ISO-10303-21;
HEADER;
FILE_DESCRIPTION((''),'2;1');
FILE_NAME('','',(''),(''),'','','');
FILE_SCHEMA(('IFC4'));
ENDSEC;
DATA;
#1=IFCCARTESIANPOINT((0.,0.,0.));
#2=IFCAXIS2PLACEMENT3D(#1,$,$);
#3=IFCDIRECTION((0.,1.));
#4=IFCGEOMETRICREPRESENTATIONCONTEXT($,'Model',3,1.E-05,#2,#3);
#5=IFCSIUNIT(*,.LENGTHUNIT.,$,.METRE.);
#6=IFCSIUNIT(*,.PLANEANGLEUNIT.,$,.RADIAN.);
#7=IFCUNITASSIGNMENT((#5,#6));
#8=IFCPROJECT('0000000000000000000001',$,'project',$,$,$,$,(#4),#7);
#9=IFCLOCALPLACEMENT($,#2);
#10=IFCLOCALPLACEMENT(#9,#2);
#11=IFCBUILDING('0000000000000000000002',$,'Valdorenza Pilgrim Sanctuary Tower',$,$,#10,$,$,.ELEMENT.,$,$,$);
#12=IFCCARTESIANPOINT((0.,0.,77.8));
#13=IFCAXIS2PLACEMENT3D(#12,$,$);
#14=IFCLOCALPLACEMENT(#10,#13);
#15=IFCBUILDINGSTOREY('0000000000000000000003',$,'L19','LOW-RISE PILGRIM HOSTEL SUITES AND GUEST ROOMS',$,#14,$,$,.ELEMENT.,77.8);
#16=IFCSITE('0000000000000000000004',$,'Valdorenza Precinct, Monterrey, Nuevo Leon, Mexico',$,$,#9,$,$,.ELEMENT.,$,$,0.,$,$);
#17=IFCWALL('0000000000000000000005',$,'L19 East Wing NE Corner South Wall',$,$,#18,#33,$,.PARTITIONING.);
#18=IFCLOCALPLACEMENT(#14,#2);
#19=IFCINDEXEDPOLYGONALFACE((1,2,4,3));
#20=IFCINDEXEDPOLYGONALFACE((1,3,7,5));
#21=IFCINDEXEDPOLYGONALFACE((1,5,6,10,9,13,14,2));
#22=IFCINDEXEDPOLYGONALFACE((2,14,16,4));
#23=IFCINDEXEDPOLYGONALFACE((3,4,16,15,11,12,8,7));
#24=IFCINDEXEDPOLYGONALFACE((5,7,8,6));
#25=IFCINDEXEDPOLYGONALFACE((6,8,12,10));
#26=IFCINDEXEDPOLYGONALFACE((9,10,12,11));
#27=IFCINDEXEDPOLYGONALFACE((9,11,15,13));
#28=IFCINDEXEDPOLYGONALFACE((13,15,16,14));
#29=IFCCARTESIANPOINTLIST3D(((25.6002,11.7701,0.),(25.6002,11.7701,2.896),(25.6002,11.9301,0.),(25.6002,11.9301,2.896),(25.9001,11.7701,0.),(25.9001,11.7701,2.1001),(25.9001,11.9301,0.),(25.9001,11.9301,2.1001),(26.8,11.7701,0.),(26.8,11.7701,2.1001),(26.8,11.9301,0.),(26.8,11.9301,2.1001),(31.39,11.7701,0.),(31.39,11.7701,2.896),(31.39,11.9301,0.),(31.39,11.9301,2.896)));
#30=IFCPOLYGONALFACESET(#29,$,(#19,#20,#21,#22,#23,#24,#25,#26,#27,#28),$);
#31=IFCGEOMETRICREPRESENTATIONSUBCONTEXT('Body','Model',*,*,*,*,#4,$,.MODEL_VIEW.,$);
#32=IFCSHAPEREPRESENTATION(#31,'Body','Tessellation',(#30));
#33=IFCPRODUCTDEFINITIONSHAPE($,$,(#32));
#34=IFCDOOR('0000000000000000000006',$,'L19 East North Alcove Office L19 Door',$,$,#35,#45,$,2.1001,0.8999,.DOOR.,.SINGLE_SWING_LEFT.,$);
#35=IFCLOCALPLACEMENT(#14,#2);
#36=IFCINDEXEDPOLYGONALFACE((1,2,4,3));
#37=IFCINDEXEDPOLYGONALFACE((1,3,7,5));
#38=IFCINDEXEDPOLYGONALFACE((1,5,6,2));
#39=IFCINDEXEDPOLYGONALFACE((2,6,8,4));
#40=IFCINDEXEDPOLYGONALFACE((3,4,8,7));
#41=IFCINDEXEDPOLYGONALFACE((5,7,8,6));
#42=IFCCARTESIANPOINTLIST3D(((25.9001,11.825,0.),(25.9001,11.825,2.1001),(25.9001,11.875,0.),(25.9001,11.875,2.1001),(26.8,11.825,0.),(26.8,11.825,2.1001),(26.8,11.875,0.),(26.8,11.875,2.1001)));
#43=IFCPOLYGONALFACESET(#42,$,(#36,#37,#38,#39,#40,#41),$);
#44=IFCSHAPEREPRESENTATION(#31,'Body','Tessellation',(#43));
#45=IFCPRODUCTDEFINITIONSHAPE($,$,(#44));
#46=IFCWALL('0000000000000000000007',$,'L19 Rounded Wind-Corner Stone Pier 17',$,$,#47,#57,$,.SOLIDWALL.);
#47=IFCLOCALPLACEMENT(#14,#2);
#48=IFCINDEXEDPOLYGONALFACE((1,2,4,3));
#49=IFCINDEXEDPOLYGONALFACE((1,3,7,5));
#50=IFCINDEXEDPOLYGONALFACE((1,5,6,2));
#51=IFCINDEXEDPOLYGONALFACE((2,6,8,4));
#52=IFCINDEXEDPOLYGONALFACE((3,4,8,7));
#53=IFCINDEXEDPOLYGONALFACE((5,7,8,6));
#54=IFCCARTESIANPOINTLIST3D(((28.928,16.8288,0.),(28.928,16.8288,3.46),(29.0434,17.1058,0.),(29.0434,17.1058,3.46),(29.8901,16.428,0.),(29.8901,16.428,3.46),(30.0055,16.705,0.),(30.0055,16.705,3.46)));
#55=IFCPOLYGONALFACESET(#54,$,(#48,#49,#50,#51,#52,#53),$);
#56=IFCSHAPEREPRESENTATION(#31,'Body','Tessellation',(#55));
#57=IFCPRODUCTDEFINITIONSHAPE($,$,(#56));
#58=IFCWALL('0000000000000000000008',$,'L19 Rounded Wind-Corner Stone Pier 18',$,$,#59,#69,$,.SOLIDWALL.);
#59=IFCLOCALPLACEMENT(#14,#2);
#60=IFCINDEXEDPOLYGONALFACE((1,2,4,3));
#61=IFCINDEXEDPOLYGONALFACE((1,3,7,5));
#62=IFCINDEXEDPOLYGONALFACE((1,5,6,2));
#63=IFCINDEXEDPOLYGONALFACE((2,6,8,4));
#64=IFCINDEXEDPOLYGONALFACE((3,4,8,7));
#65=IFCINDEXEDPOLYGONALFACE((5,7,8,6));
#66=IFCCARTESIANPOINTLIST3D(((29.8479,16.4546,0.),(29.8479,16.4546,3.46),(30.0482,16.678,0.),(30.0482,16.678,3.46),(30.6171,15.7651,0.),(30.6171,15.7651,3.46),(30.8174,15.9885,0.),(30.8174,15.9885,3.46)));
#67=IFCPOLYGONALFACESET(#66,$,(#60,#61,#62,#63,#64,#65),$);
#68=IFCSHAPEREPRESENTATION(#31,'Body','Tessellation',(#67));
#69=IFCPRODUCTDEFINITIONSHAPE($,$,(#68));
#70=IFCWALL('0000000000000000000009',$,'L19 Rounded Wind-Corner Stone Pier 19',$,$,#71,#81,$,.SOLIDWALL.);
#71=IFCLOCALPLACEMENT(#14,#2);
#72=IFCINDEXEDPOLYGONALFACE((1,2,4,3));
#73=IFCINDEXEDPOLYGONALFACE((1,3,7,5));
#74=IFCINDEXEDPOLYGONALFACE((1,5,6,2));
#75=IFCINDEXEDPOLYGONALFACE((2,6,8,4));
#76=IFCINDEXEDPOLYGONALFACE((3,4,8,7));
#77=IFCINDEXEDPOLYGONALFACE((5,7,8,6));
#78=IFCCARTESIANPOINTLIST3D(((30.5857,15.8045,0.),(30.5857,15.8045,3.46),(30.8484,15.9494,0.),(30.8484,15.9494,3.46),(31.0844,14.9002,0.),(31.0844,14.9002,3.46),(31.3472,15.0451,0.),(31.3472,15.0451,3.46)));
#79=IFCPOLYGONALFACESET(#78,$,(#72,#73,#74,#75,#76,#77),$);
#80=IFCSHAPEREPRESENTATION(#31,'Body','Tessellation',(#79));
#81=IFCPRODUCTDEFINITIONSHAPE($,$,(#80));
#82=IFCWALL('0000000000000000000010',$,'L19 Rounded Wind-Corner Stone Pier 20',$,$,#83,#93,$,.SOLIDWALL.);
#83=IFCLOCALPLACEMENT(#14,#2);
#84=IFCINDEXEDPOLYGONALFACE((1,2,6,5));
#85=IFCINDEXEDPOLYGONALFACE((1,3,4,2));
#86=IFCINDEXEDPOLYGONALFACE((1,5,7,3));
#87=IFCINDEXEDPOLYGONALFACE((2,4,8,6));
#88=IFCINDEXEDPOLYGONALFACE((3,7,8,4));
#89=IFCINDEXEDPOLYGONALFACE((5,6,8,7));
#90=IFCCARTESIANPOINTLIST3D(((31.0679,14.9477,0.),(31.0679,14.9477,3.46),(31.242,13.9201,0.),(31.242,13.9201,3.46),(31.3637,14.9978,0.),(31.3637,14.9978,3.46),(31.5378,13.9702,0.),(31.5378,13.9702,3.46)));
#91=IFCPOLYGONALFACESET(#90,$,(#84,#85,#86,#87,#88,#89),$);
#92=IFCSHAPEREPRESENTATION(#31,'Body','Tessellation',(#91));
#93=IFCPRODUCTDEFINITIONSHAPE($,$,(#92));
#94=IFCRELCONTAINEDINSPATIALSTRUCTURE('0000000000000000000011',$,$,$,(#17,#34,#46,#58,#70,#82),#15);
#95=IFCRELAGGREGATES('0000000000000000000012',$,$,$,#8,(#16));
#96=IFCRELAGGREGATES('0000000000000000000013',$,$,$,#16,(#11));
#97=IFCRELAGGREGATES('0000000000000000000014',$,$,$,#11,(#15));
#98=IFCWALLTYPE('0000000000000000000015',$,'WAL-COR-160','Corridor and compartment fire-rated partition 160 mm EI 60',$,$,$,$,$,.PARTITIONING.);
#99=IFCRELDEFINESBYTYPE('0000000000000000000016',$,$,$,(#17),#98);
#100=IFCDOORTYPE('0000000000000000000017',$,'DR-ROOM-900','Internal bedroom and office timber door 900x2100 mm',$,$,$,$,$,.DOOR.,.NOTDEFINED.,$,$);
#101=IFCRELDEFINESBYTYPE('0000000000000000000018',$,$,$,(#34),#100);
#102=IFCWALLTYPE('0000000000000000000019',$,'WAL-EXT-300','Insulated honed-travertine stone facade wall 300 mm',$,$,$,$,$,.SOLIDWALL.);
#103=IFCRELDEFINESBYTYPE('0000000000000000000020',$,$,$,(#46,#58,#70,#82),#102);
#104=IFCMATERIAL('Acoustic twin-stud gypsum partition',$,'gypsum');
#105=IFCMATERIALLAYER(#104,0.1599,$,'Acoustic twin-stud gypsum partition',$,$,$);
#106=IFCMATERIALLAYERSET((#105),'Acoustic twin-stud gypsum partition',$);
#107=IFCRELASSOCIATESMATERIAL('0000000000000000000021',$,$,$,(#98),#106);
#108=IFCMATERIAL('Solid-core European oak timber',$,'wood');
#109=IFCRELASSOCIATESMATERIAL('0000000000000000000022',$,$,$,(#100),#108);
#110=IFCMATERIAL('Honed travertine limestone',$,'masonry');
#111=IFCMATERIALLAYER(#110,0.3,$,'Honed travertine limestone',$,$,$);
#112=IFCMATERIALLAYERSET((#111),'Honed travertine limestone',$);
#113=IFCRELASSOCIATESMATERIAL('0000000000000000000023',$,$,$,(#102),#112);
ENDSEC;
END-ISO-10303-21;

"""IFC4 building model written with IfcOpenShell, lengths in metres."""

from ifc_helpers import new_model, si_unit, direction, frame, frame_2d, origin, place, context, subcontext, project, spatial, rectangle, extrude, material, layer, layer_set, type_object, element, fill, save


model = new_model("IFC4")

# Units and contexts
model_context = context("Model", 3, precision=1e-05, world=origin(), true_north=direction((0.0, 1.0)))
body_context = subcontext(model_context, "Body", "Model", "MODEL_VIEW")
ifc_project = project(units=[si_unit("LENGTHUNIT", "METRE"), si_unit("PLANEANGLEUNIT", "RADIAN")], contexts=[model_context])

# Site, building, storey
site_placement = place(None, origin())
site = spatial("IfcSite", under=ifc_project, at=site_placement, Name="Valdorenza Precinct, Monterrey, Nuevo Leon, Mexico", CompositionType="ELEMENT", RefElevation=0.0)
building_placement = place(site_placement, origin())
building = spatial("IfcBuilding", under=site, at=building_placement, Name="Valdorenza Pilgrim Sanctuary Tower", CompositionType="ELEMENT")
storey_placement = place(building_placement, frame((0.0, 0.0, 77.8)))
storey = spatial("IfcBuildingStorey", under=building, at=storey_placement, Name="L19", Description="LOW-RISE PILGRIM HOSTEL SUITES AND GUEST ROOMS", CompositionType="ELEMENT", Elevation=77.8)

# Shared definitions
ifc_material_1 = material(Name="Honed travertine limestone", Category="masonry")

# Shared definitions
ifc_material_2 = material(Name="Acoustic twin-stud gypsum partition", Category="gypsum")
ifc_layer_1 = layer(ifc_material_2, 0.1599, Name="Acoustic twin-stud gypsum partition")
ifc_layer_set_1 = layer_set([ifc_layer_1], Name="Acoustic twin-stud gypsum partition")
wall_type_1 = type_object("IfcWallType", Name="WAL-COR-160", Description="Corridor and compartment fire-rated partition 160 mm EI 60", PredefinedType="PARTITIONING", material=ifc_layer_set_1)

# Wall, opening, door
wall_1_placement = place(storey_placement, frame((25.6001, 11.8501, 0.0), z_axis=(0.0, 0.0, 1.0), x_axis=(1.0, 0.0, 0.0)))
wall_1 = element("IfcWall", 1, at=wall_1_placement, inside=storey, type_object=wall_type_1, Name="L19 East Wing NE Corner South Wall", PredefinedType="PARTITIONING", context=body_context, shape_type="SweptSolid", body=[
    extrude(rectangle(XDim=5.7898, YDim=0.1599, at=frame_2d((2.895, 0.0))), origin(), (0.0, 0.0, 1.0), 2.896),
])
opening_placement = place(wall_1_placement, frame((0.3, 0.0, 0.0)))
opening = element("IfcOpeningElement", 2, at=opening_placement, cuts=wall_1, PredefinedType="OPENING", context=body_context, shape_type="SweptSolid", body=[
    extrude(rectangle(XDim=0.8999, YDim=2.1001, at=frame_2d((0.45, 1.05))), frame((0.0, 0.0947, 0.0), z_axis=(0.0, -1.0, 0.0), x_axis=(1.0, 0.0, 0.0)), (0.0, 0.0, 1.0), 0.1897),
])
ifc_material_3 = material(Name="Solid-core European oak timber", Category="wood")
door_type = type_object("IfcDoorType", Name="DR-ROOM-900", Description="Internal bedroom and office timber door 900x2100 mm", OperationType="NOTDEFINED", PredefinedType="DOOR", material=ifc_material_3)
door_placement = place(opening_placement, origin())
door = element("IfcDoor", 3, at=door_placement, inside=storey, type_object=door_type, Name="L19 East North Alcove Office L19 Door", OperationType="SINGLE_SWING_LEFT", OverallHeight=2.1001, OverallWidth=0.8999, PredefinedType="DOOR", context=body_context, shape_type="SweptSolid", body=[
    extrude(rectangle(XDim=0.8999, YDim=2.1001, at=frame_2d((0.45, 1.05))), frame((0.0, 0.0249, 0.0), z_axis=(0.0, -1.0, 0.0), x_axis=(1.0, 0.0, 0.0)), (0.0, 0.0, 1.0), 0.05),
])
fill(opening, door)

# Walls
ifc_layer_2 = layer(ifc_material_1, 0.3, Name="Honed travertine limestone")
ifc_layer_set_2 = layer_set([ifc_layer_2], Name="Honed travertine limestone")
wall_type_2 = type_object("IfcWallType", Name="WAL-EXT-300", Description="Insulated honed-travertine stone facade wall 300 mm", PredefinedType="SOLIDWALL", material=ifc_layer_set_2)
wall_2_placement = place(storey_placement, frame((28.9858, 16.9673, 0.0), z_axis=(0.0, 0.0, 1.0), x_axis=(0.923084, -0.384599, 0.0)))
element("IfcWall", 4, at=wall_2_placement, inside=storey, type_object=wall_type_2, Name="L19 Rounded Wind-Corner Stone Pier 17", PredefinedType="SOLIDWALL", context=body_context, shape_type="SweptSolid", body=[
    extrude(rectangle(XDim=1.0422, YDim=0.3, at=frame_2d((0.521, 0.0))), origin(), (0.0, 0.0, 1.0), 3.46),
])
wall_3_placement = place(storey_placement, frame((29.948, 16.5664, 0.0), z_axis=(0.0, 0.0, 1.0), x_axis=(0.744586, -0.667527, 0.0)))
element("IfcWall", 5, at=wall_3_placement, inside=storey, type_object=wall_type_2, Name="L19 Rounded Wind-Corner Stone Pier 18", PredefinedType="SOLIDWALL", context=body_context, shape_type="SweptSolid", body=[
    extrude(rectangle(XDim=1.033, YDim=0.3, at=frame_2d((0.5166, 0.0))), origin(), (0.0, 0.0, 1.0), 3.46),
])
wall_4_placement = place(storey_placement, frame((30.717, 15.877, 0.0), z_axis=(0.0, 0.0, 1.0), x_axis=(0.482971, -0.875636, 0.0)))
element("IfcWall", 6, at=wall_4_placement, inside=storey, type_object=wall_type_2, Name="L19 Rounded Wind-Corner Stone Pier 19", PredefinedType="SOLIDWALL", context=body_context, shape_type="SweptSolid", body=[
    extrude(rectangle(XDim=1.0327, YDim=0.3, at=frame_2d((0.5164, 0.0))), origin(), (0.0, 0.0, 1.0), 3.46),
])
wall_5_placement = place(storey_placement, frame((31.2158, 14.9727, 0.0), z_axis=(0.0, 0.0, 1.0), x_axis=(0.167019, -0.985954, 0.0)))
element("IfcWall", 7, at=wall_5_placement, inside=storey, type_object=wall_type_2, Name="L19 Rounded Wind-Corner Stone Pier 20", PredefinedType="SOLIDWALL", context=body_context, shape_type="SweptSolid", body=[
    extrude(rectangle(XDim=1.0422, YDim=0.3, at=frame_2d((0.521, 0.0))), origin(), (0.0, 0.0, 1.0), 3.46),
])

save(model, "model.ifc")
